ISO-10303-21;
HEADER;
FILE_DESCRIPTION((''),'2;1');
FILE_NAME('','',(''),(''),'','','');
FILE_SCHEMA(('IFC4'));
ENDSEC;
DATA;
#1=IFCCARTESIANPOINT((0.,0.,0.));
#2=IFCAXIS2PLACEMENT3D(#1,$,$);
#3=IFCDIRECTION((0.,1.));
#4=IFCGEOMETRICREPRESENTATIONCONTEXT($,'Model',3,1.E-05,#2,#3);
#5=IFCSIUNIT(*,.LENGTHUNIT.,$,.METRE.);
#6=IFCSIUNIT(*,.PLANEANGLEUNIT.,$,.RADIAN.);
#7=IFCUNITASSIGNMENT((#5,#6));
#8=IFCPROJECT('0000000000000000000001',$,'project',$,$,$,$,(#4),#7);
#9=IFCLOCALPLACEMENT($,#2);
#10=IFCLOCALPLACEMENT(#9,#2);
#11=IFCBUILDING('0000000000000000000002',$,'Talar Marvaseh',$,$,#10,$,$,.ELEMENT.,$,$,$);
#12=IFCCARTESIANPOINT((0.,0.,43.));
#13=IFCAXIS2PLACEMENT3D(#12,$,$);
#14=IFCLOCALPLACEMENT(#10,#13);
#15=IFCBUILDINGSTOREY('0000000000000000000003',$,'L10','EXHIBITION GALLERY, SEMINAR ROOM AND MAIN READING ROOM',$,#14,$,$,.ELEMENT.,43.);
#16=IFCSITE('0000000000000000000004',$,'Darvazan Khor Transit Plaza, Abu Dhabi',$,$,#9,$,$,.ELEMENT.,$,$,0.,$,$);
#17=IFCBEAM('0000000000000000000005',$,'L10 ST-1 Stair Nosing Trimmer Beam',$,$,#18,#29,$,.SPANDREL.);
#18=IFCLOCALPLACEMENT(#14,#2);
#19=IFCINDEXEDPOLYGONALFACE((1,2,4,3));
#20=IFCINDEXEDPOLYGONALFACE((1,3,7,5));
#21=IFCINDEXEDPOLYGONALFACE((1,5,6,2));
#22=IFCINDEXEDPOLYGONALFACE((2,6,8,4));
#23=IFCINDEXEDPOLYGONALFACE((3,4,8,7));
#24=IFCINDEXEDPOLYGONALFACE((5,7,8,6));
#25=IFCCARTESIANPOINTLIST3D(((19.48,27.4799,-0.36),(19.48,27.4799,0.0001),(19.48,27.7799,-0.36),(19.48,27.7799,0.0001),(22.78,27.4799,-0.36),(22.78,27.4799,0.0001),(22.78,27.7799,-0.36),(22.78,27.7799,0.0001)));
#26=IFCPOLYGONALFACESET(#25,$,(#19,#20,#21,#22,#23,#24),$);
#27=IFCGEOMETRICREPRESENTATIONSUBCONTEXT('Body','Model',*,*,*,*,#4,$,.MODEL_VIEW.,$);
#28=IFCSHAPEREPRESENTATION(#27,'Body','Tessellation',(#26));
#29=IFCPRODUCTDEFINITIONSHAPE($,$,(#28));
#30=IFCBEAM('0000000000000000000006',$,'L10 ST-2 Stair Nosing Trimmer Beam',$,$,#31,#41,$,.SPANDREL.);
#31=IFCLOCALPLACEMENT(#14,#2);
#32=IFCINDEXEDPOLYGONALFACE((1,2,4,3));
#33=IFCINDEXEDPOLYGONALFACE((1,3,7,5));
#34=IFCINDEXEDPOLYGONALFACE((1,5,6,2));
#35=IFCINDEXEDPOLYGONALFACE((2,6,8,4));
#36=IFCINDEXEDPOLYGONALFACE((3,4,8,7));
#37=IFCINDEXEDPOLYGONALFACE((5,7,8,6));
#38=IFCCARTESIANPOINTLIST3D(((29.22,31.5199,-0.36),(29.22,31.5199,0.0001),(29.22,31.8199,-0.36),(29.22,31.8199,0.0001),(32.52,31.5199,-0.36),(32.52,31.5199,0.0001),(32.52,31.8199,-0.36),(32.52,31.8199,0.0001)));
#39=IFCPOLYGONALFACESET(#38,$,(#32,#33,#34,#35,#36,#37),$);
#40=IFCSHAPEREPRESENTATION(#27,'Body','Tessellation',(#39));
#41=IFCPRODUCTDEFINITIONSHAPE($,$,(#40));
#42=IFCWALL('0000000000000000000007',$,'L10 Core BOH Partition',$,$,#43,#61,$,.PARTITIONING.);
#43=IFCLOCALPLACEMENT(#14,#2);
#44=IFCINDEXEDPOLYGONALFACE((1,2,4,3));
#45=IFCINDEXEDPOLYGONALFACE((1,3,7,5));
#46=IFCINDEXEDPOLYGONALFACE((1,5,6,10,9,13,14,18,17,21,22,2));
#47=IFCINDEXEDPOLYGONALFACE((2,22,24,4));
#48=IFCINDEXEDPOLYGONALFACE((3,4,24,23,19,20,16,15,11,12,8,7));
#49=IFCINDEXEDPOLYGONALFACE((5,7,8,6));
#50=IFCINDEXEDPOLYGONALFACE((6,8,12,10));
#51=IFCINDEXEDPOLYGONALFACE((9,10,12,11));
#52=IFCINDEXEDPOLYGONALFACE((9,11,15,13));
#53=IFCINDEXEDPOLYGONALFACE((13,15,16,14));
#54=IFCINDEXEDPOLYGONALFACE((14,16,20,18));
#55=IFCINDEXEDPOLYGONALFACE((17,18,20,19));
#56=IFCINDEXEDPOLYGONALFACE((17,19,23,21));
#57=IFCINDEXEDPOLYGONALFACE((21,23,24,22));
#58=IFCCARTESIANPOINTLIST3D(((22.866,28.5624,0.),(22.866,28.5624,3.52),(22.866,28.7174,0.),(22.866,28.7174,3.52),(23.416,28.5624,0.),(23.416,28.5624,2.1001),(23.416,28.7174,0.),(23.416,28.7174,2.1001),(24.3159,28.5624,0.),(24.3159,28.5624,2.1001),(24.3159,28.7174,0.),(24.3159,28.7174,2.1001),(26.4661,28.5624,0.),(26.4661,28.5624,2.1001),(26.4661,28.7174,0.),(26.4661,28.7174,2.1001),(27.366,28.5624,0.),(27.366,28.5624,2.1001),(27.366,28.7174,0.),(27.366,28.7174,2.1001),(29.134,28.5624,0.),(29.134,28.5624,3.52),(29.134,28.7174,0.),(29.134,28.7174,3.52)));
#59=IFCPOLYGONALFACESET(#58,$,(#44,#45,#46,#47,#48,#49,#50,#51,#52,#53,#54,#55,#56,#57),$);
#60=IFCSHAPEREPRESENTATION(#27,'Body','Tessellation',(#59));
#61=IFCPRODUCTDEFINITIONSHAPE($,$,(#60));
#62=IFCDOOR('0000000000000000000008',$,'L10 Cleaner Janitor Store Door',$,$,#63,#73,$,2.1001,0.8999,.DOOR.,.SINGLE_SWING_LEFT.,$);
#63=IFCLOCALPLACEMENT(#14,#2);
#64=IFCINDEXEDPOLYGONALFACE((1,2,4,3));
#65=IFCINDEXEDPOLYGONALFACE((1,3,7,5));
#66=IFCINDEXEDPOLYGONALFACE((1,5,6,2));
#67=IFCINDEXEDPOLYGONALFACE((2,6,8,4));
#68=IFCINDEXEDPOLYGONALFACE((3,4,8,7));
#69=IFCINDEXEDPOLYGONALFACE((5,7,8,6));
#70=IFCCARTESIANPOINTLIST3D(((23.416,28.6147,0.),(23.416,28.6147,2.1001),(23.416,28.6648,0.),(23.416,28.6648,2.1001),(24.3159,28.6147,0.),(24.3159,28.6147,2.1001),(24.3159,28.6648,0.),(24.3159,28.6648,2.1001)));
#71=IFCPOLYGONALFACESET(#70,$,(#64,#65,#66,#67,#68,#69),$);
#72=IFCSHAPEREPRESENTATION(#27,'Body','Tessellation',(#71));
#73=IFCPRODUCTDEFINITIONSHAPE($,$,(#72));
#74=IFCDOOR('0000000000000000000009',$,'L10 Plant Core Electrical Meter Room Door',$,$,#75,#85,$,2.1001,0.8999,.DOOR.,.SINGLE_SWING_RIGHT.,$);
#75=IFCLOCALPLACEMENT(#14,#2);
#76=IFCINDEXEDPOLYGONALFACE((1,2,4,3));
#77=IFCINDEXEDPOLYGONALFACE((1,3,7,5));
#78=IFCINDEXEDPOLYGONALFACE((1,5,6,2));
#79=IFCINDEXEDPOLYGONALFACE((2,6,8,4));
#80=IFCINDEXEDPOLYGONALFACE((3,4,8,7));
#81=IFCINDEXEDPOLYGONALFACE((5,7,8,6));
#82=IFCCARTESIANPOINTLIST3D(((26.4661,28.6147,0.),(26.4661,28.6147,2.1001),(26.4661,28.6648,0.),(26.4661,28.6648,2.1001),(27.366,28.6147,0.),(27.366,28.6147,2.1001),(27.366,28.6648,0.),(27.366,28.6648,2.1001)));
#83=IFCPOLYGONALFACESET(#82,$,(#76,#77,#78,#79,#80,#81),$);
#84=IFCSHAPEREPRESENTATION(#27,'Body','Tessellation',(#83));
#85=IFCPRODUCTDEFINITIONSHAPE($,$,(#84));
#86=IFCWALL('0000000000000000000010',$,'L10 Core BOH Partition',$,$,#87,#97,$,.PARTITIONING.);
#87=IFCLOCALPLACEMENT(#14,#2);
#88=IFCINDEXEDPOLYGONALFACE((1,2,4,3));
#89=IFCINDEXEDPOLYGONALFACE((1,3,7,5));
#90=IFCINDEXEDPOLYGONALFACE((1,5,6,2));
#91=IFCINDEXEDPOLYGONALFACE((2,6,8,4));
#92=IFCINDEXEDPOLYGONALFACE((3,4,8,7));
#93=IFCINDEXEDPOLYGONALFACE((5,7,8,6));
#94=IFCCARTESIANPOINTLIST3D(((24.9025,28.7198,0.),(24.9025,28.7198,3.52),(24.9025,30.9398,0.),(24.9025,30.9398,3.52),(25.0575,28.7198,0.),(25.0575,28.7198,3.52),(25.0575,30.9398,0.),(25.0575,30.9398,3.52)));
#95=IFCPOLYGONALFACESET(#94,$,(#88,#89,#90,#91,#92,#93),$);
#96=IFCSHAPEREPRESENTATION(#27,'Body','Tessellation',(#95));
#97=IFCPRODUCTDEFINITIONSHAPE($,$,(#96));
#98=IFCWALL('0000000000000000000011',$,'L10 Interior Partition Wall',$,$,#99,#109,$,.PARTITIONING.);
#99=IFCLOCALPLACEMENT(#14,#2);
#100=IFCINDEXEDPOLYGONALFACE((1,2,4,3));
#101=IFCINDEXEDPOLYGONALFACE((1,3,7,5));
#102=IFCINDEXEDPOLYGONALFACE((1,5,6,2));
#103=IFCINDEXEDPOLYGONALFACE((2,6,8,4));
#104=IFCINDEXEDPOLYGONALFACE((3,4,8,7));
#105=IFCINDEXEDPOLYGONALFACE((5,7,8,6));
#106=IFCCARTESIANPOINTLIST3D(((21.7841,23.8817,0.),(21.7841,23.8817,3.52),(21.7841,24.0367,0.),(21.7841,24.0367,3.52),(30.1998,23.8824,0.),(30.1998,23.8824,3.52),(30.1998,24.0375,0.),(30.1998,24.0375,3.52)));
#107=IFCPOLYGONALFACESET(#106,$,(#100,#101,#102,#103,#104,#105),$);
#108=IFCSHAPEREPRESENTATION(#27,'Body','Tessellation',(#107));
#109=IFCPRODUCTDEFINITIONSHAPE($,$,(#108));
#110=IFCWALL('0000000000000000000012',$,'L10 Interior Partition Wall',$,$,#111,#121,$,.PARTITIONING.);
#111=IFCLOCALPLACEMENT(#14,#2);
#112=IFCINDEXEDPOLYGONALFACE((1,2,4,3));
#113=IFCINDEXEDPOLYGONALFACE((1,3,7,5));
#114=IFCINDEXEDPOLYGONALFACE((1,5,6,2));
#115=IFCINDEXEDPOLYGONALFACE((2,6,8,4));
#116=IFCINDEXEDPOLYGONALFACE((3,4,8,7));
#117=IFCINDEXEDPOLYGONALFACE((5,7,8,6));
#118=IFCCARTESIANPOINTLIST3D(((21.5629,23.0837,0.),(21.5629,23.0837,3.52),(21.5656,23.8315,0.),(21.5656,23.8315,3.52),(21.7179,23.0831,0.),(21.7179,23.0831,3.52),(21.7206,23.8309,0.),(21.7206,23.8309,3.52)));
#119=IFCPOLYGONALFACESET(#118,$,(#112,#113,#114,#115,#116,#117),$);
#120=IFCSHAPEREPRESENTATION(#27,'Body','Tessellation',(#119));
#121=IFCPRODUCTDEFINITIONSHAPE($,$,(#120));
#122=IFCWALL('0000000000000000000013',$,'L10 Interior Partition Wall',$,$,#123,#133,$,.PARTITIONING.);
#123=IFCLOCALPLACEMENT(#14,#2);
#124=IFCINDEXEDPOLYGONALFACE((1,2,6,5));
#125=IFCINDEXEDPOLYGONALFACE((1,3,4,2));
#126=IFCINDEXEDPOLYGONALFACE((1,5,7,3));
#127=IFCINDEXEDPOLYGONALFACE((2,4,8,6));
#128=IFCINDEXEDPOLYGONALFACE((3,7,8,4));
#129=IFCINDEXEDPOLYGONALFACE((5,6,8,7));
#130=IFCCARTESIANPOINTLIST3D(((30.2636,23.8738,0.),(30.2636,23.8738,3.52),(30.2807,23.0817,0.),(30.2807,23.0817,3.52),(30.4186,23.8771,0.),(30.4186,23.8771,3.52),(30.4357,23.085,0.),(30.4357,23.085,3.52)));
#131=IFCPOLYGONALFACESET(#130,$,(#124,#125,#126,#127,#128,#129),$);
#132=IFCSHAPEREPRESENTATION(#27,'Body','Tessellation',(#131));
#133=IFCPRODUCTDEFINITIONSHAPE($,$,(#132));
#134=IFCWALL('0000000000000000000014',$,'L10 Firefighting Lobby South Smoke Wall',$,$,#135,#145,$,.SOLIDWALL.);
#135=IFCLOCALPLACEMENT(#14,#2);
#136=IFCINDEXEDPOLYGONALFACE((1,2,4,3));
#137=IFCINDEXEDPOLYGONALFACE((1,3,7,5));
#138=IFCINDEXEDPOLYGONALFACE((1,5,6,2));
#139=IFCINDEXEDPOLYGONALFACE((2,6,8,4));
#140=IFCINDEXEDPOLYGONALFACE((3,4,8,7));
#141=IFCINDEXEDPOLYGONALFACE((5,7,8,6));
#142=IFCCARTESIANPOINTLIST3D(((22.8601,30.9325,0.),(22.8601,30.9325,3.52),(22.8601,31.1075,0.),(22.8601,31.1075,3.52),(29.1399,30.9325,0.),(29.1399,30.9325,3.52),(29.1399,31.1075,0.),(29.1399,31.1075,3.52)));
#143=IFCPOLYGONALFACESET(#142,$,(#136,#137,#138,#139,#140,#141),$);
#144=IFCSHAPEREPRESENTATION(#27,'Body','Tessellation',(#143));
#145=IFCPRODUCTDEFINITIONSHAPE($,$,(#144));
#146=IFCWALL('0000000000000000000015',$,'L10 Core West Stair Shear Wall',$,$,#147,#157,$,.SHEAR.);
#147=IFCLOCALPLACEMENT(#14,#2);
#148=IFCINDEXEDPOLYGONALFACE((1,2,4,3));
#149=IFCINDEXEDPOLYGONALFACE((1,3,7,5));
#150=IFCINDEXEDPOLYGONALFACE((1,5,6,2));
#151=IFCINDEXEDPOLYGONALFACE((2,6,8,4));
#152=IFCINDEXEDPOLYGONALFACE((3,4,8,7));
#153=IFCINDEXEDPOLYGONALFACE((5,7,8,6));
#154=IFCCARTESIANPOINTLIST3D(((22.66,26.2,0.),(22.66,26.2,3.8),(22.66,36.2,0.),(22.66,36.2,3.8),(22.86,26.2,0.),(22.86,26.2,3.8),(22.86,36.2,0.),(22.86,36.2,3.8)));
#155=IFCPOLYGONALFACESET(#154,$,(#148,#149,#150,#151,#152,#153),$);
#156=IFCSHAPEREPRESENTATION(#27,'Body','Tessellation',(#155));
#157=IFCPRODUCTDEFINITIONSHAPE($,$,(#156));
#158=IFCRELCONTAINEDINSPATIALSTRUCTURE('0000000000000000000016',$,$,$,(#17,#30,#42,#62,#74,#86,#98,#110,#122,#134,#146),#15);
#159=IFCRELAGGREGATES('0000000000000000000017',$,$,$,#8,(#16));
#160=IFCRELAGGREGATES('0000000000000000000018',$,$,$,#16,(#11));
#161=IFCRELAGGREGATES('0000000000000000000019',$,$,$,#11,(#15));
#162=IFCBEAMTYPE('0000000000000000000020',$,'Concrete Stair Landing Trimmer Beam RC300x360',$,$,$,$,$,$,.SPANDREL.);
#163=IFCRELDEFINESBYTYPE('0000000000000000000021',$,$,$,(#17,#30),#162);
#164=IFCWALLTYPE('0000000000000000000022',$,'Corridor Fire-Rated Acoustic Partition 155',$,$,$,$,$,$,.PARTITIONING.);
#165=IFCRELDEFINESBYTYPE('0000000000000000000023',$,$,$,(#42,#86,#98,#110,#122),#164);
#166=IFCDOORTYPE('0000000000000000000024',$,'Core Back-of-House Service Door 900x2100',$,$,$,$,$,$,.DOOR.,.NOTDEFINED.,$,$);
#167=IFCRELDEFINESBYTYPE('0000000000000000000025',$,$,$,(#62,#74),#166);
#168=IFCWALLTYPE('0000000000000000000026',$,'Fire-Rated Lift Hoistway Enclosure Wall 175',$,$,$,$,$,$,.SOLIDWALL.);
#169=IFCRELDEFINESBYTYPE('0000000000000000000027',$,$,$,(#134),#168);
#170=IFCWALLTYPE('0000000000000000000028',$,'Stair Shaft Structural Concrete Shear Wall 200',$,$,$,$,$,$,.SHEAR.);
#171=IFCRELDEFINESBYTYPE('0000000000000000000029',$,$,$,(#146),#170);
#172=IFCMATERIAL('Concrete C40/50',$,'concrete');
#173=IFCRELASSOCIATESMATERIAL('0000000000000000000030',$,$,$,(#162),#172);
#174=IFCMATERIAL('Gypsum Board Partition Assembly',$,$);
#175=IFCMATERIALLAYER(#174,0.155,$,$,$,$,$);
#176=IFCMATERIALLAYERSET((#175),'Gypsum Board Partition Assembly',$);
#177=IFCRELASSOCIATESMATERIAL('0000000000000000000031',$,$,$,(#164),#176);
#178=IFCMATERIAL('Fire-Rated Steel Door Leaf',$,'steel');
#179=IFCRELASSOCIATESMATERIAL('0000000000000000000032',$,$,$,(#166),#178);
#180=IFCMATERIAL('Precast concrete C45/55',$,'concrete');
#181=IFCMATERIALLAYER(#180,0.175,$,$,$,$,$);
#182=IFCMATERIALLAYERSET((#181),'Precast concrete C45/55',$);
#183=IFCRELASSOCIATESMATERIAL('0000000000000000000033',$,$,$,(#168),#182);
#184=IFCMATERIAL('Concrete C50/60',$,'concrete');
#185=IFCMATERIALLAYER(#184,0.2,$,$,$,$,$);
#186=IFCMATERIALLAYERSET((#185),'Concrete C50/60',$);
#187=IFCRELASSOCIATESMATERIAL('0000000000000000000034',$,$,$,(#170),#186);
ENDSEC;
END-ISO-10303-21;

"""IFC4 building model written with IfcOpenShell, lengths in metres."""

from ifc_helpers import new_model, si_unit, direction, frame, frame_2d, origin, origin_2d, place, context, subcontext, project, spatial, rectangle, extrude, source, transform, mapped, material, layer, layer_set, material_profile, profile_set, type_object, type_shapes, element, fill, save


model = new_model("IFC4")

# Units and contexts
model_context = context("Model", 3, precision=1e-05, world=origin(), true_north=direction((0.0, 1.0)))
body_context = subcontext(model_context, "Body", "Model", "MODEL_VIEW")
ifc_project = project(units=[si_unit("LENGTHUNIT", "METRE"), si_unit("PLANEANGLEUNIT", "RADIAN")], contexts=[model_context])

# Site, building, storey
site_placement = place(None, origin())
site = spatial("IfcSite", under=ifc_project, at=site_placement, Name="Darvazan Khor Transit Plaza, Abu Dhabi", CompositionType="ELEMENT", RefElevation=0.0)
building_placement = place(site_placement, origin())
building = spatial("IfcBuilding", under=site, at=building_placement, Name="Talar Marvaseh", CompositionType="ELEMENT")
storey_placement = place(building_placement, frame((0.0, 0.0, 43.0)))
storey = spatial("IfcBuildingStorey", under=building, at=storey_placement, Name="L10", Description="EXHIBITION GALLERY, SEMINAR ROOM AND MAIN READING ROOM", CompositionType="ELEMENT", Elevation=43.0)

# Beams
ifc_material_1 = material(Name="Concrete C40/50", Category="concrete")
ifc_material_profile = material_profile(ifc_material_1, rectangle(XDim=0.3, YDim=0.3601, at=origin_2d()), Name="RC300x360")
ifc_profile_set = profile_set([ifc_material_profile], Name="Concrete C40/50")
beam_type = type_object("IfcBeamType", Name="Concrete Stair Landing Trimmer Beam RC300x360", PredefinedType="SPANDREL", material=ifc_profile_set)
for number, where, z_axis, x_axis, name in (
    (1, (22.78, 27.6299, -0.1799), (-1.0, 0.0, 0.0), (0.0, -1.0, 0.0), "L10 ST-1 Stair Nosing Trimmer Beam"),
    (2, (29.22, 31.6699, -0.1799), (1.0, 0.0, 0.0), (0.0, 1.0, 0.0), "L10 ST-2 Stair Nosing Trimmer Beam"),
):
    element("IfcBeam", number, at=place(storey_placement, frame(where, z_axis=z_axis, x_axis=x_axis)), inside=storey, type_object=beam_type, Name=name, PredefinedType="SPANDREL", context=body_context, shape_type="SweptSolid", body=[
        extrude(rectangle(XDim=0.3, YDim=0.3601, at=origin_2d()), origin(), (0.0, 0.0, 1.0), 3.3),
    ])

# Wall, openings, doors
ifc_material_2 = material(Name="Gypsum Board Partition Assembly")
ifc_layer_1 = layer(ifc_material_2, 0.155)
ifc_layer_set_1 = layer_set([ifc_layer_1], Name="Gypsum Board Partition Assembly")
wall_type_1 = type_object("IfcWallType", Name="Corridor Fire-Rated Acoustic Partition 155", PredefinedType="PARTITIONING", material=ifc_layer_set_1)
wall_1_placement = place(storey_placement, frame((22.866, 28.6399, 0.0), z_axis=(0.0, 0.0, 1.0), x_axis=(1.0, 0.0, 0.0)))
wall_1 = element("IfcWall", 3, at=wall_1_placement, inside=storey, type_object=wall_type_1, Name="L10 Core BOH Partition", PredefinedType="PARTITIONING", context=body_context, shape_type="SweptSolid", body=[
    extrude(rectangle(XDim=6.2681, YDim=0.155, at=frame_2d((3.134, 0.0))), origin(), (0.0, 0.0, 1.0), 3.52),
])
opening_1_placement = place(wall_1_placement, frame((0.55, 0.0, 0.0)))
opening_1 = element("IfcOpeningElement", 4, at=opening_1_placement, cuts=wall_1, PredefinedType="OPENING", context=body_context, shape_type="SweptSolid", body=[
    extrude(rectangle(XDim=0.8999, YDim=2.1001, at=frame_2d((0.45, 1.05))), frame((0.0, 0.0874, 0.0), z_axis=(0.0, -1.0, 0.0), x_axis=(1.0, 0.0, 0.0)), (0.0, 0.0, 1.0), 0.175),
])
opening_2_placement = place(wall_1_placement, frame((3.6001, 0.0, 0.0)))
opening_2 = element("IfcOpeningElement", 5, at=opening_2_placement, cuts=wall_1, PredefinedType="OPENING", context=body_context, shape_type="SweptSolid", body=[
    extrude(rectangle(XDim=0.8999, YDim=2.1001, at=frame_2d((0.45, 1.05))), frame((0.0, 0.0874, 0.0), z_axis=(0.0, -1.0, 0.0), x_axis=(1.0, 0.0, 0.0)), (0.0, 0.0, 1.0), 0.175),
])
ifc_material_3 = material(Name="Fire-Rated Steel Door Leaf", Category="steel")
door_type_1 = type_object("IfcDoorType", Name="Core Back-of-House Service Door 900x2100", OperationType="NOTDEFINED", PredefinedType="DOOR", material=ifc_material_3)
shared_shape_1 = source(origin(), body_context, "Body", "SweptSolid", [
    extrude(rectangle(XDim=0.8999, YDim=2.1001, at=frame_2d((0.45, 1.05))), frame((0.0, 0.0249, 0.0), z_axis=(0.0, -1.0, 0.0), x_axis=(1.0, 0.0, 0.0)), (0.0, 0.0, 1.0), 0.05),
])
type_shapes(door_type_1, [shared_shape_1])
door_1_placement = place(opening_1_placement, origin())
door_1 = element("IfcDoor", 6, at=door_1_placement, inside=storey, type_object=door_type_1, Name="L10 Cleaner Janitor Store Door", OperationType="SINGLE_SWING_LEFT", OverallHeight=2.1001, OverallWidth=0.8999, PredefinedType="DOOR", context=body_context, shape_type="MappedRepresentation", body=[
    mapped(shared_shape_1, transform((0.0, 0.0, 0.0), x_axis=(1.0, 0.0, 0.0), y_axis=(0.0, 1.0, 0.0), z_axis=(0.0, 0.0, 1.0), scale=1.0)),
])
fill(opening_1, door_1)
door_2_placement = place(opening_2_placement, origin())
door_2 = element("IfcDoor", 7, at=door_2_placement, inside=storey, type_object=door_type_1, Name="L10 Plant Core Electrical Meter Room Door", OperationType="SINGLE_SWING_RIGHT", OverallHeight=2.1001, OverallWidth=0.8999, PredefinedType="DOOR", context=body_context, shape_type="MappedRepresentation", body=[
    mapped(shared_shape_1, transform((0.0, 0.0, 0.0), x_axis=(1.0, 0.0, 0.0), y_axis=(0.0, 1.0, 0.0), z_axis=(0.0, 0.0, 1.0), scale=1.0)),
])
fill(opening_2, door_2)

# Walls
wall_2_placement = place(storey_placement, frame((24.98, 28.72, 0.0), z_axis=(0.0, 0.0, 1.0), x_axis=(0.0, 1.0, 0.0)))
element("IfcWall", 8, at=wall_2_placement, inside=storey, type_object=wall_type_1, Name="L10 Core BOH Partition", PredefinedType="PARTITIONING", context=body_context, shape_type="SweptSolid", body=[
    extrude(rectangle(XDim=2.22, YDim=0.155, at=frame_2d((1.1099, 0.0))), origin(), (0.0, 0.0, 1.0), 3.52),
])
wall_3_placement = place(storey_placement, frame((30.2, 23.96, 0.0), z_axis=(0.0, 0.0, 1.0), x_axis=(-1.0, -0.000087, 0.0)))
element("IfcWall", 9, at=wall_3_placement, inside=storey, type_object=wall_type_1, Name="L10 Interior Partition Wall", PredefinedType="PARTITIONING", context=body_context, shape_type="SweptSolid", body=[
    extrude(rectangle(XDim=8.4158, YDim=0.155, at=frame_2d((4.208, 0.0))), origin(), (0.0, 0.0, 1.0), 3.52),
])
wall_4_placement = place(storey_placement, frame((21.6431, 23.8313, 0.0), z_axis=(0.0, 0.0, 1.0), x_axis=(-0.003591, -0.999994, 0.0)))
element("IfcWall", 10, at=wall_4_placement, inside=storey, type_object=wall_type_1, Name="L10 Interior Partition Wall", PredefinedType="PARTITIONING", context=body_context, shape_type="SweptSolid", body=[
    extrude(rectangle(XDim=0.7478, YDim=0.155, at=frame_2d((0.374, 0.0))), origin(), (0.0, 0.0, 1.0), 3.52),
])
wall_5_placement = place(storey_placement, frame((30.3582, 23.0835, 0.0), z_axis=(0.0, 0.0, 1.0), x_axis=(-0.021573, 0.999767, 0.0)))
element("IfcWall", 11, at=wall_5_placement, inside=storey, type_object=wall_type_1, Name="L10 Interior Partition Wall", PredefinedType="PARTITIONING", context=body_context, shape_type="SweptSolid", body=[
    extrude(rectangle(XDim=0.7922, YDim=0.155, at=frame_2d((0.396, 0.0))), origin(), (0.0, 0.0, 1.0), 3.52),
])
ifc_material_4 = material(Name="Precast concrete C45/55", Category="concrete")
ifc_layer_2 = layer(ifc_material_4, 0.175)
ifc_layer_set_2 = layer_set([ifc_layer_2], Name="Precast concrete C45/55")
wall_type_2 = type_object("IfcWallType", Name="Fire-Rated Lift Hoistway Enclosure Wall 175", PredefinedType="SOLIDWALL", material=ifc_layer_set_2)
wall_6_placement = place(storey_placement, frame((22.8601, 31.02, 0.0), z_axis=(0.0, 0.0, 1.0), x_axis=(1.0, 0.0, 0.0)))
element("IfcWall", 12, at=wall_6_placement, inside=storey, type_object=wall_type_2, Name="L10 Firefighting Lobby South Smoke Wall", PredefinedType="SOLIDWALL", context=body_context, shape_type="SweptSolid", body=[
    extrude(rectangle(XDim=6.2798, YDim=0.175, at=frame_2d((3.1399, 0.0))), origin(), (0.0, 0.0, 1.0), 3.52),
])
ifc_material_5 = material(Name="Concrete C50/60", Category="concrete")
ifc_layer_3 = layer(ifc_material_5, 0.2)
ifc_layer_set_3 = layer_set([ifc_layer_3], Name="Concrete C50/60")
wall_type_3 = type_object("IfcWallType", Name="Stair Shaft Structural Concrete Shear Wall 200", PredefinedType="SHEAR", material=ifc_layer_set_3)
wall_7_placement = place(storey_placement, frame((22.76, 26.2, 0.0), z_axis=(0.0, 0.0, 1.0), x_axis=(0.0, 1.0, 0.0)))
element("IfcWall", 13, at=wall_7_placement, inside=storey, type_object=wall_type_3, Name="L10 Core West Stair Shear Wall", PredefinedType="SHEAR", context=body_context, shape_type="SweptSolid", body=[
    extrude(rectangle(XDim=10.0, YDim=0.2, at=frame_2d((5.0, 0.0))), origin(), (0.0, 0.0, 1.0), 3.8),
])

save(model, "model.ifc")
